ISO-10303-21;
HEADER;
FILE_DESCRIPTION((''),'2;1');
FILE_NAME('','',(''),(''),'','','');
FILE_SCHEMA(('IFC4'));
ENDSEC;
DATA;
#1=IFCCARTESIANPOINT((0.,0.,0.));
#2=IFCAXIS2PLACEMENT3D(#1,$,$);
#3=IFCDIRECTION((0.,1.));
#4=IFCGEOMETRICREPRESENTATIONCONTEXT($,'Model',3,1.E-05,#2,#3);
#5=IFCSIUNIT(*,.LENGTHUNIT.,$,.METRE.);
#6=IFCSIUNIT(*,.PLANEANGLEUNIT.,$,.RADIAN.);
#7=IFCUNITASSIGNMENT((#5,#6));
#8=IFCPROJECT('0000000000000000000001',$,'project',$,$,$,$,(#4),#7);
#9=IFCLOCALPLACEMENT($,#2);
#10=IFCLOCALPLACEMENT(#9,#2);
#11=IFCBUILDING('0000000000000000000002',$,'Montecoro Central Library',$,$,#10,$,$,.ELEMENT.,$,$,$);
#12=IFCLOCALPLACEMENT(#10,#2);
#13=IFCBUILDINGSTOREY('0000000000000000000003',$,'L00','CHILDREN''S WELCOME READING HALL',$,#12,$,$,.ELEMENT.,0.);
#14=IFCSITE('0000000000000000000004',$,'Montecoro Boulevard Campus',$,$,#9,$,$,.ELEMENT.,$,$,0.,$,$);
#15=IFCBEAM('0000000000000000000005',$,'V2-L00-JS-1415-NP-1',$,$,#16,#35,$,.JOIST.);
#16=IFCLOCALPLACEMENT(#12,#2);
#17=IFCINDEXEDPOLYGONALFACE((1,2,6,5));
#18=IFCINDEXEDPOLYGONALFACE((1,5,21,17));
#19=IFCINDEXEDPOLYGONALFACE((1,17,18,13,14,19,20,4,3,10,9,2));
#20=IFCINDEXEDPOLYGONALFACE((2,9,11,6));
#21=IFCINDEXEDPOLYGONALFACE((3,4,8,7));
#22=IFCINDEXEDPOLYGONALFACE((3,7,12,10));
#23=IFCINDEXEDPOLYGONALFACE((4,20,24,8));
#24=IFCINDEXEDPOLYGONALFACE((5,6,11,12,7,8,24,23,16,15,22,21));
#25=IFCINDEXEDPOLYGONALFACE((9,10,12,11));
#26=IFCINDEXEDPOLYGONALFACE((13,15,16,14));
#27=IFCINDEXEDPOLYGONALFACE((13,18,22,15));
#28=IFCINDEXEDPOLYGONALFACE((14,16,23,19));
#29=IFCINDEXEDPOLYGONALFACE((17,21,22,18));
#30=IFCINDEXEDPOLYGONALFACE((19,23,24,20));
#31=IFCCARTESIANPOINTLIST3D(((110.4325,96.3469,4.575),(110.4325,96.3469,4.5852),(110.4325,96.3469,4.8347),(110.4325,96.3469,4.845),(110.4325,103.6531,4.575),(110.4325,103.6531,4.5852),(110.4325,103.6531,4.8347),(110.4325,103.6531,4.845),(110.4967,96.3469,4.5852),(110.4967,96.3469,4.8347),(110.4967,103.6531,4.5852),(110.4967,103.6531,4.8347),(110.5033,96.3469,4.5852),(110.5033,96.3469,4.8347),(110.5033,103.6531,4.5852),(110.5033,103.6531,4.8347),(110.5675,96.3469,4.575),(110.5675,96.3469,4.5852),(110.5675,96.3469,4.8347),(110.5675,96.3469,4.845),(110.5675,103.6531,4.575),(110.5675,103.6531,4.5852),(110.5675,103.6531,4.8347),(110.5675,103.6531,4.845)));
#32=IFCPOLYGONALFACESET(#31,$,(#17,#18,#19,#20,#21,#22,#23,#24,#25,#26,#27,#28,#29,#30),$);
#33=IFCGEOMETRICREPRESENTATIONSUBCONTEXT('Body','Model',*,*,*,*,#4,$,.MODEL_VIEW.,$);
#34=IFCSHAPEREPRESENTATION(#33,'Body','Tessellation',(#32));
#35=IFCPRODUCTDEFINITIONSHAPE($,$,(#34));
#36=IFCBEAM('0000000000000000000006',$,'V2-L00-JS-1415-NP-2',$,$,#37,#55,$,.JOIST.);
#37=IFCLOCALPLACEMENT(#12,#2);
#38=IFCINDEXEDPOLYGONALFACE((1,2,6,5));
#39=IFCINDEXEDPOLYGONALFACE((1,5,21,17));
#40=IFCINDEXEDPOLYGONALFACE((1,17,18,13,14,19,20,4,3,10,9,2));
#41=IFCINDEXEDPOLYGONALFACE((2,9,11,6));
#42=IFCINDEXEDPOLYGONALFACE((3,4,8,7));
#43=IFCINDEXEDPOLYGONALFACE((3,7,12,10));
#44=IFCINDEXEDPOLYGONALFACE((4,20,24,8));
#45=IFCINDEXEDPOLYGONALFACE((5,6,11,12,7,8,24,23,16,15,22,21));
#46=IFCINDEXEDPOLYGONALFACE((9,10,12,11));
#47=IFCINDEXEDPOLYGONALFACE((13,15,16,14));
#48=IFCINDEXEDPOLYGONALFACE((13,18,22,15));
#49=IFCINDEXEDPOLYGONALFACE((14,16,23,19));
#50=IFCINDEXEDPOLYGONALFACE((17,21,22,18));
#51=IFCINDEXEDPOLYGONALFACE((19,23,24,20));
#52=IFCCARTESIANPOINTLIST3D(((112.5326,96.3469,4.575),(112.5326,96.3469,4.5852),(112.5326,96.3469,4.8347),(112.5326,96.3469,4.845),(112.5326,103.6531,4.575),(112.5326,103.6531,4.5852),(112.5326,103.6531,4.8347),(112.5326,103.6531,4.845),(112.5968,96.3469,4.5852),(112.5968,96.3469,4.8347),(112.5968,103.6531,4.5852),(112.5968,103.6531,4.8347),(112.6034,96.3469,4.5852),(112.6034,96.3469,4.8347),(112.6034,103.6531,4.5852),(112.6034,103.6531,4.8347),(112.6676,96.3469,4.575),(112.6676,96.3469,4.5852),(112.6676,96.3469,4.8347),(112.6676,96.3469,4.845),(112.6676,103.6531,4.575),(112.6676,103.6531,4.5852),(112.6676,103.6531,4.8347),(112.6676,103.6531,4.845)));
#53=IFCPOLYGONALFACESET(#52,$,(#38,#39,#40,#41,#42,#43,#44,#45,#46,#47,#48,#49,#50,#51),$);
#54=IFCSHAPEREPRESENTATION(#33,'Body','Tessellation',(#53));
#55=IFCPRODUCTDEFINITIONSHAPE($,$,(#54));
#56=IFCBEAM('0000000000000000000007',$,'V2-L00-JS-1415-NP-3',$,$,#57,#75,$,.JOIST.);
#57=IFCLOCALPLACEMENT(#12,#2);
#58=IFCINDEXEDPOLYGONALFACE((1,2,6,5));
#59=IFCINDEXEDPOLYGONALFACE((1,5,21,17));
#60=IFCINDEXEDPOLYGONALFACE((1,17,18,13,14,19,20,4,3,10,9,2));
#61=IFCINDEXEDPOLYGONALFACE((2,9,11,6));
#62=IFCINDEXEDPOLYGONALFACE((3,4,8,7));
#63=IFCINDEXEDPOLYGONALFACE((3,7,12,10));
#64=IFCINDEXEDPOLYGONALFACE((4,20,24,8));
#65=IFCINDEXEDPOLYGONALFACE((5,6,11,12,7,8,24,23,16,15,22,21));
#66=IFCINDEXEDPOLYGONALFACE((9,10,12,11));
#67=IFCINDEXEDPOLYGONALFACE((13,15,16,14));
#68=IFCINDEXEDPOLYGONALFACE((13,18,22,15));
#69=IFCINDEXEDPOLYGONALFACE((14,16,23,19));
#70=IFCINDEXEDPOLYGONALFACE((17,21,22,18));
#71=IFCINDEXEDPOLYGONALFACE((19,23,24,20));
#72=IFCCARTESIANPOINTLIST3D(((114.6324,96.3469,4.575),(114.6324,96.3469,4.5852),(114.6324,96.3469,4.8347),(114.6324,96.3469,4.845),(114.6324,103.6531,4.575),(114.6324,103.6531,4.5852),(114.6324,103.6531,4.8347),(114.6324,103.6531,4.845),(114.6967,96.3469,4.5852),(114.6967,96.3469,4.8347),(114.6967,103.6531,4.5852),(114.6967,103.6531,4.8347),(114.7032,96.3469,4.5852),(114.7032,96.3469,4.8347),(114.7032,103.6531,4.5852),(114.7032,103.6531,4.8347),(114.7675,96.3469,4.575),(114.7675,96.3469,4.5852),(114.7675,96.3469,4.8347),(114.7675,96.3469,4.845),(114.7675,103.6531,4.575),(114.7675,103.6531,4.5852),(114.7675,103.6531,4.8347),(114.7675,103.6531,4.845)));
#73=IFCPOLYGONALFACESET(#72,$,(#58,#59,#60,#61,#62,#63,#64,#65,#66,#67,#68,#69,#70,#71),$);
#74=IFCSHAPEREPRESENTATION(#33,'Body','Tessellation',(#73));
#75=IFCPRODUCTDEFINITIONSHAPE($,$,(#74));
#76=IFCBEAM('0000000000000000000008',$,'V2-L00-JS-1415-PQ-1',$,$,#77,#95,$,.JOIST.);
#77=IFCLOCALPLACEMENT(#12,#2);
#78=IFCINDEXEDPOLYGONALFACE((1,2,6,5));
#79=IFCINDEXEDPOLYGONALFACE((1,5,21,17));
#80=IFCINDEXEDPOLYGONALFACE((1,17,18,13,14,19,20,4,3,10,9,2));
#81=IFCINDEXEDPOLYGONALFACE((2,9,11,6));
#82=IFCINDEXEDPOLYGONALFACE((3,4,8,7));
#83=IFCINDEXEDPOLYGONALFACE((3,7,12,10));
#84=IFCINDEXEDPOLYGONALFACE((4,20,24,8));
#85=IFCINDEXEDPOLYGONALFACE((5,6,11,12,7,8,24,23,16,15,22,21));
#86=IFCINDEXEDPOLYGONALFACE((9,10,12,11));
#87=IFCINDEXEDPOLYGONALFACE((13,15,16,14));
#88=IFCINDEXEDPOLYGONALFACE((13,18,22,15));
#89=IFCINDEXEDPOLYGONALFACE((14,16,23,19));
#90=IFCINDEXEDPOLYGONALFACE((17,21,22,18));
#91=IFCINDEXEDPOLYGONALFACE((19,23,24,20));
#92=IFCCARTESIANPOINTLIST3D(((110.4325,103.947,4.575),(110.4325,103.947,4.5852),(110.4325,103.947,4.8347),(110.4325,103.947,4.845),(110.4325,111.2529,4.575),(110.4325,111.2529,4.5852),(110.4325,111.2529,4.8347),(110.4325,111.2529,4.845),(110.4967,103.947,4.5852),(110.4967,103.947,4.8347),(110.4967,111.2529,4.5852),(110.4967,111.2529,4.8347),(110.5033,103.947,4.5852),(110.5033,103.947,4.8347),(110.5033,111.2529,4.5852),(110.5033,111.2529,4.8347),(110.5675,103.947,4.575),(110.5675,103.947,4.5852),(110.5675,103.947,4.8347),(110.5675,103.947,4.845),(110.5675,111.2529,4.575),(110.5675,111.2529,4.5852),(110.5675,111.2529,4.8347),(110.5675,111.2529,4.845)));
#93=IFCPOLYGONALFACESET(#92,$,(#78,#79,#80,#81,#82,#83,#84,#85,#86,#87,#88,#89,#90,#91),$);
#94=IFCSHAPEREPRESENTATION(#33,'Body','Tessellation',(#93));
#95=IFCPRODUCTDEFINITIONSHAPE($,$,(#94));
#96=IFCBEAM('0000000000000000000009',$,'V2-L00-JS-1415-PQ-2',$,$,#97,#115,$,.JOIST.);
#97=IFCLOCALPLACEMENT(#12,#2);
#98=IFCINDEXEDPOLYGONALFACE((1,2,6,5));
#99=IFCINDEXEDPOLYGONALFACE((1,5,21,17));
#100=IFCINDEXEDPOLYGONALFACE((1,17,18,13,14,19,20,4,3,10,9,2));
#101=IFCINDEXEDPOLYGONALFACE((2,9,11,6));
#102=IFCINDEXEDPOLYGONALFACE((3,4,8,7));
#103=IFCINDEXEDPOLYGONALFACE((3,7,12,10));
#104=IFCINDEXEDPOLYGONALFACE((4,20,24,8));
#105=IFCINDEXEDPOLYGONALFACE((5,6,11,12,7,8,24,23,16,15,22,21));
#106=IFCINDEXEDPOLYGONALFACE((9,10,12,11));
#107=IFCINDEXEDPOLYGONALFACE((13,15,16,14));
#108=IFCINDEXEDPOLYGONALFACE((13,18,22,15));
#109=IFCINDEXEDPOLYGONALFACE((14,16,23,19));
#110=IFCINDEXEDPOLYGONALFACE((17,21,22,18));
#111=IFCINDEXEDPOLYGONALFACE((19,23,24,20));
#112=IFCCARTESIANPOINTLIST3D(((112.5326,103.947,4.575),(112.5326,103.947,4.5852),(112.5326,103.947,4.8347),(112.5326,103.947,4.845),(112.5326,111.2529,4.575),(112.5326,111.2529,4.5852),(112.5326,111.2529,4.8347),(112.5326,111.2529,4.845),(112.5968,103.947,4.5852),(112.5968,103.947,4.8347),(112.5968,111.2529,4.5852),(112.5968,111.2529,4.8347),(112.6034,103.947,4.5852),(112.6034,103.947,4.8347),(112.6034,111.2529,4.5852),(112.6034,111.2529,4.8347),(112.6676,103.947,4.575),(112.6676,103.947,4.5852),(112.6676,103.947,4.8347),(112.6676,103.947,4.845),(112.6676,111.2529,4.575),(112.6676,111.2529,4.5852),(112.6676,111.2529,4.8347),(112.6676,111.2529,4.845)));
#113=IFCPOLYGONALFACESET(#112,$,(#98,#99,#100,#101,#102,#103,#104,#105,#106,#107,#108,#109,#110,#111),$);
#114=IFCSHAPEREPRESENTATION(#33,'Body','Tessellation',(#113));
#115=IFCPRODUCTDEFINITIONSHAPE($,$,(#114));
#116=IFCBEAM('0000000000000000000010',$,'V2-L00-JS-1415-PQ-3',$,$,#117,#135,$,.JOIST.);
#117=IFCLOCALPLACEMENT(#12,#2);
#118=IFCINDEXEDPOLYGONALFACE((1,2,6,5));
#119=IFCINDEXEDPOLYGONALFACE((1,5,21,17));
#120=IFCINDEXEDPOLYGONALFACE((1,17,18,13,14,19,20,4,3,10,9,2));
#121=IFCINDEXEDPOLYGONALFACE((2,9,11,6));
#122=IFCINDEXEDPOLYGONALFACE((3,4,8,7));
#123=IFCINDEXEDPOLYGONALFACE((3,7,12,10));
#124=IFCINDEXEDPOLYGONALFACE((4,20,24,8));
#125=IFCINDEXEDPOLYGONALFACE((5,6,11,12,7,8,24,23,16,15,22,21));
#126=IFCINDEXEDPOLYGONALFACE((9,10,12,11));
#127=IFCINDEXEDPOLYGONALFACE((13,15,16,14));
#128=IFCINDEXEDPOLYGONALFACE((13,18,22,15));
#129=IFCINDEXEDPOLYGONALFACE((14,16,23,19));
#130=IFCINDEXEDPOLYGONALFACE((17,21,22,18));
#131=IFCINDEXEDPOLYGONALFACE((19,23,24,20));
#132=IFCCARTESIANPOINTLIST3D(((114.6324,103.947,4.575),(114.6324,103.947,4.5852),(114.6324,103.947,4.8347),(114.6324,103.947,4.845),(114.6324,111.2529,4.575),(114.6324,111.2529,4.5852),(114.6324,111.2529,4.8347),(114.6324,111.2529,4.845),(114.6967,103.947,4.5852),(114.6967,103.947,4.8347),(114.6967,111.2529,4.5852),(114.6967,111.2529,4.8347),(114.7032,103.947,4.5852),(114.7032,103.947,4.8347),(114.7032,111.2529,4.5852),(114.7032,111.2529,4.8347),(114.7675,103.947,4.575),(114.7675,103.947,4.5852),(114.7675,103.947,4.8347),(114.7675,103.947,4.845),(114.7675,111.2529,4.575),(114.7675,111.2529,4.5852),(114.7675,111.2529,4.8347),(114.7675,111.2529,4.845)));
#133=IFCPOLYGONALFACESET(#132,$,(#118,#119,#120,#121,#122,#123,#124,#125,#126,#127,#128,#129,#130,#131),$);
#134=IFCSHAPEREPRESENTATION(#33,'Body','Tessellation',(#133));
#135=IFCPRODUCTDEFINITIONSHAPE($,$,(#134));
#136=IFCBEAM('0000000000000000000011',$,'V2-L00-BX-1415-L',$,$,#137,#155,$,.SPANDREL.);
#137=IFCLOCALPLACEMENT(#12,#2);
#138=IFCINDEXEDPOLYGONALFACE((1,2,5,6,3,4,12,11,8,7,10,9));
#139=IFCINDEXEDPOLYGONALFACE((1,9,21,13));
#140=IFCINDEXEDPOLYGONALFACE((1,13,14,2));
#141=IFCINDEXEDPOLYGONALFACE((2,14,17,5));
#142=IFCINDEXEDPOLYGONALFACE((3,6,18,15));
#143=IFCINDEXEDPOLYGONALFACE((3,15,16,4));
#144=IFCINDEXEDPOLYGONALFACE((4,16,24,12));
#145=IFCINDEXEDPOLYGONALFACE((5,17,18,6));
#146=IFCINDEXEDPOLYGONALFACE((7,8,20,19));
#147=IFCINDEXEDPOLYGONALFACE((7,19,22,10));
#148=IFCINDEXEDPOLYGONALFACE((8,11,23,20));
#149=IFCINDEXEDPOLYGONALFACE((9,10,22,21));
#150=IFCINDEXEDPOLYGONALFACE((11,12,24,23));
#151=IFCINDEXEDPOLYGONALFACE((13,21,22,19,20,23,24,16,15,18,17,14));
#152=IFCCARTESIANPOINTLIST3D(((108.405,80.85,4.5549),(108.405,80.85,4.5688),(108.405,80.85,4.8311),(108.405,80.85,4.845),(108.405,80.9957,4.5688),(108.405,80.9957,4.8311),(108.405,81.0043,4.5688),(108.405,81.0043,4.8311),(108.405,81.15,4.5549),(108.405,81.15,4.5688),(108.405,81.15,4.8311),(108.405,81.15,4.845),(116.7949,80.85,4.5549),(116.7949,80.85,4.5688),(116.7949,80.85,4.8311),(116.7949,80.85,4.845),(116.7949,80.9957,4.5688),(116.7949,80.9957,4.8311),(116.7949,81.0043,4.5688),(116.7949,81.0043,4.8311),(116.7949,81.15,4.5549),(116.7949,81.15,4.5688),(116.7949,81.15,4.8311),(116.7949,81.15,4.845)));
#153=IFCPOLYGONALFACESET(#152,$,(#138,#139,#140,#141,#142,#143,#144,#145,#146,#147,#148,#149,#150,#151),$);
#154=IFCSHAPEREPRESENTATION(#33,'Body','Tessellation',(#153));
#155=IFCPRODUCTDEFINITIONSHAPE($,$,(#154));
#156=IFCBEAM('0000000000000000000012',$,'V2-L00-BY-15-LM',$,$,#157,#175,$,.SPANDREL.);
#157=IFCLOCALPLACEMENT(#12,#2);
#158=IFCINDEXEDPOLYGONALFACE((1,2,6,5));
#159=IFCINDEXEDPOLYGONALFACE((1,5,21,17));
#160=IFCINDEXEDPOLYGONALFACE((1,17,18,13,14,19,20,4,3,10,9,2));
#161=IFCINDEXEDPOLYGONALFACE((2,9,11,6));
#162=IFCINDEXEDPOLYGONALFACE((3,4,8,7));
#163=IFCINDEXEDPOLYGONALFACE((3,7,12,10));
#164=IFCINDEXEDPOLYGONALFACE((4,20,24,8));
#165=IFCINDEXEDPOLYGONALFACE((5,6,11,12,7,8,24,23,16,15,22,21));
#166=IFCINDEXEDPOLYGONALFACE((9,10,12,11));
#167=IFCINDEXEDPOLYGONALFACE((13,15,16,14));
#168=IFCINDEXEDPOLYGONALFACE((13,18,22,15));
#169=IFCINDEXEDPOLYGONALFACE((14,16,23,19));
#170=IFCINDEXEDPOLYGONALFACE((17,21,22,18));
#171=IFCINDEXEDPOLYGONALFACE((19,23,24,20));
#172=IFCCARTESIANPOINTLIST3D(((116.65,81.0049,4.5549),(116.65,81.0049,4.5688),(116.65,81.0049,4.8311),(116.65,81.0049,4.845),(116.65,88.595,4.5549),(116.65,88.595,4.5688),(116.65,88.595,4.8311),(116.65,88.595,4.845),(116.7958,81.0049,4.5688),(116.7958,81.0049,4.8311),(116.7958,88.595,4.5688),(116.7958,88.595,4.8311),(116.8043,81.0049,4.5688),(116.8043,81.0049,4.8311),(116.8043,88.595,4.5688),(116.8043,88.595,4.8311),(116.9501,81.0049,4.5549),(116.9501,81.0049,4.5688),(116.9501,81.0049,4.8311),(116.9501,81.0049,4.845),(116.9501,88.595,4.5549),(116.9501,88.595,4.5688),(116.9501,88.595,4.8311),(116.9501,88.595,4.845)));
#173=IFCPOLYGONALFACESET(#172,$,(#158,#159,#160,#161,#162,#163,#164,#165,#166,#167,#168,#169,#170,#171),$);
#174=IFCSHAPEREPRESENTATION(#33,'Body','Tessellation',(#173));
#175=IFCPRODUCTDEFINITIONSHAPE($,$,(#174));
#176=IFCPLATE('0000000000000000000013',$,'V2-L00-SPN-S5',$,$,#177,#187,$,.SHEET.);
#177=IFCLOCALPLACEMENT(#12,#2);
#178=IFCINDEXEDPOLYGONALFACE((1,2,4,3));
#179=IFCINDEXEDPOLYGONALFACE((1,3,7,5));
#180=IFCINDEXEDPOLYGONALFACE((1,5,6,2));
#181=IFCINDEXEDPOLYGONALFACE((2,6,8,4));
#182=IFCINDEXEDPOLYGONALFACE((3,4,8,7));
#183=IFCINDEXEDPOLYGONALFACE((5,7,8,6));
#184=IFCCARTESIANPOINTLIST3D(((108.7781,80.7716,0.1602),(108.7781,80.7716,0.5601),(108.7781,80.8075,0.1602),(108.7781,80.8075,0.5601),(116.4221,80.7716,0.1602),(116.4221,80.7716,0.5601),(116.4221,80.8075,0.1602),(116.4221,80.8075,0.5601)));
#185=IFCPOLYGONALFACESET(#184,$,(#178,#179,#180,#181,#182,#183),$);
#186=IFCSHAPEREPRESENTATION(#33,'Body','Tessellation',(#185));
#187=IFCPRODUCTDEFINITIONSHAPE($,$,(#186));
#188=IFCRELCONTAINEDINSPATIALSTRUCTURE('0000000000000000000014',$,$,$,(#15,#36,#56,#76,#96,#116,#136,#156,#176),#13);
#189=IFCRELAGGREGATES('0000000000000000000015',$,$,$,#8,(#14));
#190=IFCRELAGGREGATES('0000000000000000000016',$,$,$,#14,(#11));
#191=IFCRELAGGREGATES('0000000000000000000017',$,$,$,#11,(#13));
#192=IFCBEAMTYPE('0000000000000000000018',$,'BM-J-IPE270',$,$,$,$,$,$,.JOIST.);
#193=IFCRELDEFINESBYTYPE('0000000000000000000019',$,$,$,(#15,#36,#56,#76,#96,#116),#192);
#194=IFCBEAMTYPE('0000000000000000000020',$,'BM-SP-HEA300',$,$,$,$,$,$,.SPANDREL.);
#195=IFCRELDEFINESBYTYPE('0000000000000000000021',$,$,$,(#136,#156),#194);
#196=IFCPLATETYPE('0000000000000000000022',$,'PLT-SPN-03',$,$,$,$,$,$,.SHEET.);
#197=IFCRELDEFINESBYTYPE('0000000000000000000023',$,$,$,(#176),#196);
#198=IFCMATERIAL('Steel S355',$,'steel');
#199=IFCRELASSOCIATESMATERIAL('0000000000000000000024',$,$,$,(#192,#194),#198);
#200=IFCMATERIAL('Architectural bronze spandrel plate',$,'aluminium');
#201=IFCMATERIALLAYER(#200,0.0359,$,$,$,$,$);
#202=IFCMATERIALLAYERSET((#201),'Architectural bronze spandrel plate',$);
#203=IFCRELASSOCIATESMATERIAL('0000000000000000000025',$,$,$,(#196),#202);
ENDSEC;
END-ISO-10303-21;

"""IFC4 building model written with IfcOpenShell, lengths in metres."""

from ifc_helpers import new_model, si_unit, direction, frame, origin, origin_2d, place, context, subcontext, project, spatial, rectangle, i_section, extrude, material, layer, layer_set, material_profile, profile_set, type_object, element, save


model = new_model("IFC4")

# Units and contexts
model_context = context("Model", 3, precision=1e-05, world=origin(), true_north=direction((0.0, 1.0)))
body_context = subcontext(model_context, "Body", "Model", "MODEL_VIEW")
ifc_project = project(units=[si_unit("LENGTHUNIT", "METRE"), si_unit("PLANEANGLEUNIT", "RADIAN")], contexts=[model_context])

# Site, building, storey
site_placement = place(None, origin())
site = spatial("IfcSite", under=ifc_project, at=site_placement, Name="Montecoro Boulevard Campus", CompositionType="ELEMENT", RefElevation=0.0)
building_placement = place(site_placement, origin())
building = spatial("IfcBuilding", under=site, at=building_placement, Name="Montecoro Central Library", CompositionType="ELEMENT")
storey_placement = place(building_placement, origin())
storey = spatial("IfcBuildingStorey", under=building, at=storey_placement, Name="L00", Description="CHILDREN'S WELCOME READING HALL", CompositionType="ELEMENT", Elevation=0.0)

# Beams
ifc_material_1 = material(Name="Steel S355", Category="steel")
ifc_material_profile_1 = material_profile(ifc_material_1, i_section(OverallWidth=0.135, OverallDepth=0.27, WebThickness=0.0066, FlangeThickness=0.0103, at=origin_2d()), Name="IPE 270")
ifc_profile_set_1 = profile_set([ifc_material_profile_1], Name="Steel S355")
beam_type_1 = type_object("IfcBeamType", Name="BM-J-IPE270", PredefinedType="JOIST", material=ifc_profile_set_1)
for number, where, z_axis, x_axis, name in (
    (1, (110.5, 96.3469, 4.71), (0.0, 1.0, 0.0), (-1.0, 0.0, 0.0), "V2-L00-JS-1415-NP-1"),
    (2, (112.6001, 96.3469, 4.71), (0.0, 1.0, 0.0), (-1.0, 0.0, 0.0), "V2-L00-JS-1415-NP-2"),
    (3, (114.7, 96.3469, 4.71), (0.0, 1.0, 0.0), (-1.0, 0.0, 0.0), "V2-L00-JS-1415-NP-3"),
):
    element("IfcBeam", number, at=place(storey_placement, frame(where, z_axis=z_axis, x_axis=x_axis)), inside=storey, type_object=beam_type_1, Name=name, PredefinedType="JOIST", context=body_context, shape_type="SweptSolid", body=[
        extrude(i_section(OverallWidth=0.135, OverallDepth=0.27, WebThickness=0.0066, FlangeThickness=0.0103, at=origin_2d()), origin(), (0.0, 0.0, 1.0), 7.3062),
    ])
for number, where, z_axis, x_axis, name in (
    (4, (110.5, 103.947, 4.71), (0.0, 1.0, 0.0), (-1.0, 0.0, 0.0), "V2-L00-JS-1415-PQ-1"),
    (5, (112.6001, 103.947, 4.71), (0.0, 1.0, 0.0), (-1.0, 0.0, 0.0), "V2-L00-JS-1415-PQ-2"),
    (6, (114.7, 103.947, 4.71), (0.0, 1.0, 0.0), (-1.0, 0.0, 0.0), "V2-L00-JS-1415-PQ-3"),
):
    element("IfcBeam", number, at=place(storey_placement, frame(where, z_axis=z_axis, x_axis=x_axis)), inside=storey, type_object=beam_type_1, Name=name, PredefinedType="JOIST", context=body_context, shape_type="SweptSolid", body=[
        extrude(i_section(OverallWidth=0.135, OverallDepth=0.27, WebThickness=0.0066, FlangeThickness=0.0103, at=origin_2d()), origin(), (0.0, 0.0, 1.0), 7.3059),
    ])
ifc_material_profile_2 = material_profile(ifc_material_1, i_section(OverallWidth=0.3, OverallDepth=0.29, WebThickness=0.0085, FlangeThickness=0.0139, at=origin_2d()), Name="HEA 300")
ifc_profile_set_2 = profile_set([ifc_material_profile_2], Name="Steel S355")
beam_type_2 = type_object("IfcBeamType", Name="BM-SP-HEA300", PredefinedType="SPANDREL", material=ifc_profile_set_2)
beam_1_placement = place(storey_placement, frame((108.405, 81.0, 4.7), z_axis=(1.0, 0.0, 0.0), x_axis=(0.0, 1.0, 0.0)))
element("IfcBeam", 7, at=beam_1_placement, inside=storey, type_object=beam_type_2, Name="V2-L00-BX-1415-L", PredefinedType="SPANDREL", context=body_context, shape_type="SweptSolid", body=[
    extrude(i_section(OverallWidth=0.3, OverallDepth=0.29, WebThickness=0.0085, FlangeThickness=0.0139, at=origin_2d()), origin(), (0.0, 0.0, 1.0), 8.3899),
])
beam_2_placement = place(storey_placement, frame((116.8, 81.0049, 4.7), z_axis=(0.0, 1.0, 0.0), x_axis=(-1.0, 0.0, 0.0)))
element("IfcBeam", 8, at=beam_2_placement, inside=storey, type_object=beam_type_2, Name="V2-L00-BY-15-LM", PredefinedType="SPANDREL", context=body_context, shape_type="SweptSolid", body=[
    extrude(i_section(OverallWidth=0.3, OverallDepth=0.29, WebThickness=0.0085, FlangeThickness=0.0139, at=origin_2d()), origin(), (0.0, 0.0, 1.0), 7.5901),
])

# Plate
ifc_material_2 = material(Name="Architectural bronze spandrel plate", Category="aluminium")
ifc_layer_1 = layer(ifc_material_2, 0.0359)
ifc_layer_set_1 = layer_set([ifc_layer_1], Name="Architectural bronze spandrel plate")
plate_type = type_object("IfcPlateType", Name="PLT-SPN-03", PredefinedType="SHEET", material=ifc_layer_set_1)
plate_placement = place(storey_placement, frame((112.6001, 80.7896, 0.1602), z_axis=(0.0, 0.0, 1.0), x_axis=(1.0, 0.0, 0.0)))
element("IfcPlate", 9, at=plate_placement, inside=storey, type_object=plate_type, Name="V2-L00-SPN-S5", PredefinedType="SHEET", context=body_context, shape_type="SweptSolid", body=[
    extrude(rectangle(XDim=7.644, YDim=0.0359, at=origin_2d()), origin(), (0.0, 0.0, 1.0), 0.3999),
])

save(model, "model.ifc")
